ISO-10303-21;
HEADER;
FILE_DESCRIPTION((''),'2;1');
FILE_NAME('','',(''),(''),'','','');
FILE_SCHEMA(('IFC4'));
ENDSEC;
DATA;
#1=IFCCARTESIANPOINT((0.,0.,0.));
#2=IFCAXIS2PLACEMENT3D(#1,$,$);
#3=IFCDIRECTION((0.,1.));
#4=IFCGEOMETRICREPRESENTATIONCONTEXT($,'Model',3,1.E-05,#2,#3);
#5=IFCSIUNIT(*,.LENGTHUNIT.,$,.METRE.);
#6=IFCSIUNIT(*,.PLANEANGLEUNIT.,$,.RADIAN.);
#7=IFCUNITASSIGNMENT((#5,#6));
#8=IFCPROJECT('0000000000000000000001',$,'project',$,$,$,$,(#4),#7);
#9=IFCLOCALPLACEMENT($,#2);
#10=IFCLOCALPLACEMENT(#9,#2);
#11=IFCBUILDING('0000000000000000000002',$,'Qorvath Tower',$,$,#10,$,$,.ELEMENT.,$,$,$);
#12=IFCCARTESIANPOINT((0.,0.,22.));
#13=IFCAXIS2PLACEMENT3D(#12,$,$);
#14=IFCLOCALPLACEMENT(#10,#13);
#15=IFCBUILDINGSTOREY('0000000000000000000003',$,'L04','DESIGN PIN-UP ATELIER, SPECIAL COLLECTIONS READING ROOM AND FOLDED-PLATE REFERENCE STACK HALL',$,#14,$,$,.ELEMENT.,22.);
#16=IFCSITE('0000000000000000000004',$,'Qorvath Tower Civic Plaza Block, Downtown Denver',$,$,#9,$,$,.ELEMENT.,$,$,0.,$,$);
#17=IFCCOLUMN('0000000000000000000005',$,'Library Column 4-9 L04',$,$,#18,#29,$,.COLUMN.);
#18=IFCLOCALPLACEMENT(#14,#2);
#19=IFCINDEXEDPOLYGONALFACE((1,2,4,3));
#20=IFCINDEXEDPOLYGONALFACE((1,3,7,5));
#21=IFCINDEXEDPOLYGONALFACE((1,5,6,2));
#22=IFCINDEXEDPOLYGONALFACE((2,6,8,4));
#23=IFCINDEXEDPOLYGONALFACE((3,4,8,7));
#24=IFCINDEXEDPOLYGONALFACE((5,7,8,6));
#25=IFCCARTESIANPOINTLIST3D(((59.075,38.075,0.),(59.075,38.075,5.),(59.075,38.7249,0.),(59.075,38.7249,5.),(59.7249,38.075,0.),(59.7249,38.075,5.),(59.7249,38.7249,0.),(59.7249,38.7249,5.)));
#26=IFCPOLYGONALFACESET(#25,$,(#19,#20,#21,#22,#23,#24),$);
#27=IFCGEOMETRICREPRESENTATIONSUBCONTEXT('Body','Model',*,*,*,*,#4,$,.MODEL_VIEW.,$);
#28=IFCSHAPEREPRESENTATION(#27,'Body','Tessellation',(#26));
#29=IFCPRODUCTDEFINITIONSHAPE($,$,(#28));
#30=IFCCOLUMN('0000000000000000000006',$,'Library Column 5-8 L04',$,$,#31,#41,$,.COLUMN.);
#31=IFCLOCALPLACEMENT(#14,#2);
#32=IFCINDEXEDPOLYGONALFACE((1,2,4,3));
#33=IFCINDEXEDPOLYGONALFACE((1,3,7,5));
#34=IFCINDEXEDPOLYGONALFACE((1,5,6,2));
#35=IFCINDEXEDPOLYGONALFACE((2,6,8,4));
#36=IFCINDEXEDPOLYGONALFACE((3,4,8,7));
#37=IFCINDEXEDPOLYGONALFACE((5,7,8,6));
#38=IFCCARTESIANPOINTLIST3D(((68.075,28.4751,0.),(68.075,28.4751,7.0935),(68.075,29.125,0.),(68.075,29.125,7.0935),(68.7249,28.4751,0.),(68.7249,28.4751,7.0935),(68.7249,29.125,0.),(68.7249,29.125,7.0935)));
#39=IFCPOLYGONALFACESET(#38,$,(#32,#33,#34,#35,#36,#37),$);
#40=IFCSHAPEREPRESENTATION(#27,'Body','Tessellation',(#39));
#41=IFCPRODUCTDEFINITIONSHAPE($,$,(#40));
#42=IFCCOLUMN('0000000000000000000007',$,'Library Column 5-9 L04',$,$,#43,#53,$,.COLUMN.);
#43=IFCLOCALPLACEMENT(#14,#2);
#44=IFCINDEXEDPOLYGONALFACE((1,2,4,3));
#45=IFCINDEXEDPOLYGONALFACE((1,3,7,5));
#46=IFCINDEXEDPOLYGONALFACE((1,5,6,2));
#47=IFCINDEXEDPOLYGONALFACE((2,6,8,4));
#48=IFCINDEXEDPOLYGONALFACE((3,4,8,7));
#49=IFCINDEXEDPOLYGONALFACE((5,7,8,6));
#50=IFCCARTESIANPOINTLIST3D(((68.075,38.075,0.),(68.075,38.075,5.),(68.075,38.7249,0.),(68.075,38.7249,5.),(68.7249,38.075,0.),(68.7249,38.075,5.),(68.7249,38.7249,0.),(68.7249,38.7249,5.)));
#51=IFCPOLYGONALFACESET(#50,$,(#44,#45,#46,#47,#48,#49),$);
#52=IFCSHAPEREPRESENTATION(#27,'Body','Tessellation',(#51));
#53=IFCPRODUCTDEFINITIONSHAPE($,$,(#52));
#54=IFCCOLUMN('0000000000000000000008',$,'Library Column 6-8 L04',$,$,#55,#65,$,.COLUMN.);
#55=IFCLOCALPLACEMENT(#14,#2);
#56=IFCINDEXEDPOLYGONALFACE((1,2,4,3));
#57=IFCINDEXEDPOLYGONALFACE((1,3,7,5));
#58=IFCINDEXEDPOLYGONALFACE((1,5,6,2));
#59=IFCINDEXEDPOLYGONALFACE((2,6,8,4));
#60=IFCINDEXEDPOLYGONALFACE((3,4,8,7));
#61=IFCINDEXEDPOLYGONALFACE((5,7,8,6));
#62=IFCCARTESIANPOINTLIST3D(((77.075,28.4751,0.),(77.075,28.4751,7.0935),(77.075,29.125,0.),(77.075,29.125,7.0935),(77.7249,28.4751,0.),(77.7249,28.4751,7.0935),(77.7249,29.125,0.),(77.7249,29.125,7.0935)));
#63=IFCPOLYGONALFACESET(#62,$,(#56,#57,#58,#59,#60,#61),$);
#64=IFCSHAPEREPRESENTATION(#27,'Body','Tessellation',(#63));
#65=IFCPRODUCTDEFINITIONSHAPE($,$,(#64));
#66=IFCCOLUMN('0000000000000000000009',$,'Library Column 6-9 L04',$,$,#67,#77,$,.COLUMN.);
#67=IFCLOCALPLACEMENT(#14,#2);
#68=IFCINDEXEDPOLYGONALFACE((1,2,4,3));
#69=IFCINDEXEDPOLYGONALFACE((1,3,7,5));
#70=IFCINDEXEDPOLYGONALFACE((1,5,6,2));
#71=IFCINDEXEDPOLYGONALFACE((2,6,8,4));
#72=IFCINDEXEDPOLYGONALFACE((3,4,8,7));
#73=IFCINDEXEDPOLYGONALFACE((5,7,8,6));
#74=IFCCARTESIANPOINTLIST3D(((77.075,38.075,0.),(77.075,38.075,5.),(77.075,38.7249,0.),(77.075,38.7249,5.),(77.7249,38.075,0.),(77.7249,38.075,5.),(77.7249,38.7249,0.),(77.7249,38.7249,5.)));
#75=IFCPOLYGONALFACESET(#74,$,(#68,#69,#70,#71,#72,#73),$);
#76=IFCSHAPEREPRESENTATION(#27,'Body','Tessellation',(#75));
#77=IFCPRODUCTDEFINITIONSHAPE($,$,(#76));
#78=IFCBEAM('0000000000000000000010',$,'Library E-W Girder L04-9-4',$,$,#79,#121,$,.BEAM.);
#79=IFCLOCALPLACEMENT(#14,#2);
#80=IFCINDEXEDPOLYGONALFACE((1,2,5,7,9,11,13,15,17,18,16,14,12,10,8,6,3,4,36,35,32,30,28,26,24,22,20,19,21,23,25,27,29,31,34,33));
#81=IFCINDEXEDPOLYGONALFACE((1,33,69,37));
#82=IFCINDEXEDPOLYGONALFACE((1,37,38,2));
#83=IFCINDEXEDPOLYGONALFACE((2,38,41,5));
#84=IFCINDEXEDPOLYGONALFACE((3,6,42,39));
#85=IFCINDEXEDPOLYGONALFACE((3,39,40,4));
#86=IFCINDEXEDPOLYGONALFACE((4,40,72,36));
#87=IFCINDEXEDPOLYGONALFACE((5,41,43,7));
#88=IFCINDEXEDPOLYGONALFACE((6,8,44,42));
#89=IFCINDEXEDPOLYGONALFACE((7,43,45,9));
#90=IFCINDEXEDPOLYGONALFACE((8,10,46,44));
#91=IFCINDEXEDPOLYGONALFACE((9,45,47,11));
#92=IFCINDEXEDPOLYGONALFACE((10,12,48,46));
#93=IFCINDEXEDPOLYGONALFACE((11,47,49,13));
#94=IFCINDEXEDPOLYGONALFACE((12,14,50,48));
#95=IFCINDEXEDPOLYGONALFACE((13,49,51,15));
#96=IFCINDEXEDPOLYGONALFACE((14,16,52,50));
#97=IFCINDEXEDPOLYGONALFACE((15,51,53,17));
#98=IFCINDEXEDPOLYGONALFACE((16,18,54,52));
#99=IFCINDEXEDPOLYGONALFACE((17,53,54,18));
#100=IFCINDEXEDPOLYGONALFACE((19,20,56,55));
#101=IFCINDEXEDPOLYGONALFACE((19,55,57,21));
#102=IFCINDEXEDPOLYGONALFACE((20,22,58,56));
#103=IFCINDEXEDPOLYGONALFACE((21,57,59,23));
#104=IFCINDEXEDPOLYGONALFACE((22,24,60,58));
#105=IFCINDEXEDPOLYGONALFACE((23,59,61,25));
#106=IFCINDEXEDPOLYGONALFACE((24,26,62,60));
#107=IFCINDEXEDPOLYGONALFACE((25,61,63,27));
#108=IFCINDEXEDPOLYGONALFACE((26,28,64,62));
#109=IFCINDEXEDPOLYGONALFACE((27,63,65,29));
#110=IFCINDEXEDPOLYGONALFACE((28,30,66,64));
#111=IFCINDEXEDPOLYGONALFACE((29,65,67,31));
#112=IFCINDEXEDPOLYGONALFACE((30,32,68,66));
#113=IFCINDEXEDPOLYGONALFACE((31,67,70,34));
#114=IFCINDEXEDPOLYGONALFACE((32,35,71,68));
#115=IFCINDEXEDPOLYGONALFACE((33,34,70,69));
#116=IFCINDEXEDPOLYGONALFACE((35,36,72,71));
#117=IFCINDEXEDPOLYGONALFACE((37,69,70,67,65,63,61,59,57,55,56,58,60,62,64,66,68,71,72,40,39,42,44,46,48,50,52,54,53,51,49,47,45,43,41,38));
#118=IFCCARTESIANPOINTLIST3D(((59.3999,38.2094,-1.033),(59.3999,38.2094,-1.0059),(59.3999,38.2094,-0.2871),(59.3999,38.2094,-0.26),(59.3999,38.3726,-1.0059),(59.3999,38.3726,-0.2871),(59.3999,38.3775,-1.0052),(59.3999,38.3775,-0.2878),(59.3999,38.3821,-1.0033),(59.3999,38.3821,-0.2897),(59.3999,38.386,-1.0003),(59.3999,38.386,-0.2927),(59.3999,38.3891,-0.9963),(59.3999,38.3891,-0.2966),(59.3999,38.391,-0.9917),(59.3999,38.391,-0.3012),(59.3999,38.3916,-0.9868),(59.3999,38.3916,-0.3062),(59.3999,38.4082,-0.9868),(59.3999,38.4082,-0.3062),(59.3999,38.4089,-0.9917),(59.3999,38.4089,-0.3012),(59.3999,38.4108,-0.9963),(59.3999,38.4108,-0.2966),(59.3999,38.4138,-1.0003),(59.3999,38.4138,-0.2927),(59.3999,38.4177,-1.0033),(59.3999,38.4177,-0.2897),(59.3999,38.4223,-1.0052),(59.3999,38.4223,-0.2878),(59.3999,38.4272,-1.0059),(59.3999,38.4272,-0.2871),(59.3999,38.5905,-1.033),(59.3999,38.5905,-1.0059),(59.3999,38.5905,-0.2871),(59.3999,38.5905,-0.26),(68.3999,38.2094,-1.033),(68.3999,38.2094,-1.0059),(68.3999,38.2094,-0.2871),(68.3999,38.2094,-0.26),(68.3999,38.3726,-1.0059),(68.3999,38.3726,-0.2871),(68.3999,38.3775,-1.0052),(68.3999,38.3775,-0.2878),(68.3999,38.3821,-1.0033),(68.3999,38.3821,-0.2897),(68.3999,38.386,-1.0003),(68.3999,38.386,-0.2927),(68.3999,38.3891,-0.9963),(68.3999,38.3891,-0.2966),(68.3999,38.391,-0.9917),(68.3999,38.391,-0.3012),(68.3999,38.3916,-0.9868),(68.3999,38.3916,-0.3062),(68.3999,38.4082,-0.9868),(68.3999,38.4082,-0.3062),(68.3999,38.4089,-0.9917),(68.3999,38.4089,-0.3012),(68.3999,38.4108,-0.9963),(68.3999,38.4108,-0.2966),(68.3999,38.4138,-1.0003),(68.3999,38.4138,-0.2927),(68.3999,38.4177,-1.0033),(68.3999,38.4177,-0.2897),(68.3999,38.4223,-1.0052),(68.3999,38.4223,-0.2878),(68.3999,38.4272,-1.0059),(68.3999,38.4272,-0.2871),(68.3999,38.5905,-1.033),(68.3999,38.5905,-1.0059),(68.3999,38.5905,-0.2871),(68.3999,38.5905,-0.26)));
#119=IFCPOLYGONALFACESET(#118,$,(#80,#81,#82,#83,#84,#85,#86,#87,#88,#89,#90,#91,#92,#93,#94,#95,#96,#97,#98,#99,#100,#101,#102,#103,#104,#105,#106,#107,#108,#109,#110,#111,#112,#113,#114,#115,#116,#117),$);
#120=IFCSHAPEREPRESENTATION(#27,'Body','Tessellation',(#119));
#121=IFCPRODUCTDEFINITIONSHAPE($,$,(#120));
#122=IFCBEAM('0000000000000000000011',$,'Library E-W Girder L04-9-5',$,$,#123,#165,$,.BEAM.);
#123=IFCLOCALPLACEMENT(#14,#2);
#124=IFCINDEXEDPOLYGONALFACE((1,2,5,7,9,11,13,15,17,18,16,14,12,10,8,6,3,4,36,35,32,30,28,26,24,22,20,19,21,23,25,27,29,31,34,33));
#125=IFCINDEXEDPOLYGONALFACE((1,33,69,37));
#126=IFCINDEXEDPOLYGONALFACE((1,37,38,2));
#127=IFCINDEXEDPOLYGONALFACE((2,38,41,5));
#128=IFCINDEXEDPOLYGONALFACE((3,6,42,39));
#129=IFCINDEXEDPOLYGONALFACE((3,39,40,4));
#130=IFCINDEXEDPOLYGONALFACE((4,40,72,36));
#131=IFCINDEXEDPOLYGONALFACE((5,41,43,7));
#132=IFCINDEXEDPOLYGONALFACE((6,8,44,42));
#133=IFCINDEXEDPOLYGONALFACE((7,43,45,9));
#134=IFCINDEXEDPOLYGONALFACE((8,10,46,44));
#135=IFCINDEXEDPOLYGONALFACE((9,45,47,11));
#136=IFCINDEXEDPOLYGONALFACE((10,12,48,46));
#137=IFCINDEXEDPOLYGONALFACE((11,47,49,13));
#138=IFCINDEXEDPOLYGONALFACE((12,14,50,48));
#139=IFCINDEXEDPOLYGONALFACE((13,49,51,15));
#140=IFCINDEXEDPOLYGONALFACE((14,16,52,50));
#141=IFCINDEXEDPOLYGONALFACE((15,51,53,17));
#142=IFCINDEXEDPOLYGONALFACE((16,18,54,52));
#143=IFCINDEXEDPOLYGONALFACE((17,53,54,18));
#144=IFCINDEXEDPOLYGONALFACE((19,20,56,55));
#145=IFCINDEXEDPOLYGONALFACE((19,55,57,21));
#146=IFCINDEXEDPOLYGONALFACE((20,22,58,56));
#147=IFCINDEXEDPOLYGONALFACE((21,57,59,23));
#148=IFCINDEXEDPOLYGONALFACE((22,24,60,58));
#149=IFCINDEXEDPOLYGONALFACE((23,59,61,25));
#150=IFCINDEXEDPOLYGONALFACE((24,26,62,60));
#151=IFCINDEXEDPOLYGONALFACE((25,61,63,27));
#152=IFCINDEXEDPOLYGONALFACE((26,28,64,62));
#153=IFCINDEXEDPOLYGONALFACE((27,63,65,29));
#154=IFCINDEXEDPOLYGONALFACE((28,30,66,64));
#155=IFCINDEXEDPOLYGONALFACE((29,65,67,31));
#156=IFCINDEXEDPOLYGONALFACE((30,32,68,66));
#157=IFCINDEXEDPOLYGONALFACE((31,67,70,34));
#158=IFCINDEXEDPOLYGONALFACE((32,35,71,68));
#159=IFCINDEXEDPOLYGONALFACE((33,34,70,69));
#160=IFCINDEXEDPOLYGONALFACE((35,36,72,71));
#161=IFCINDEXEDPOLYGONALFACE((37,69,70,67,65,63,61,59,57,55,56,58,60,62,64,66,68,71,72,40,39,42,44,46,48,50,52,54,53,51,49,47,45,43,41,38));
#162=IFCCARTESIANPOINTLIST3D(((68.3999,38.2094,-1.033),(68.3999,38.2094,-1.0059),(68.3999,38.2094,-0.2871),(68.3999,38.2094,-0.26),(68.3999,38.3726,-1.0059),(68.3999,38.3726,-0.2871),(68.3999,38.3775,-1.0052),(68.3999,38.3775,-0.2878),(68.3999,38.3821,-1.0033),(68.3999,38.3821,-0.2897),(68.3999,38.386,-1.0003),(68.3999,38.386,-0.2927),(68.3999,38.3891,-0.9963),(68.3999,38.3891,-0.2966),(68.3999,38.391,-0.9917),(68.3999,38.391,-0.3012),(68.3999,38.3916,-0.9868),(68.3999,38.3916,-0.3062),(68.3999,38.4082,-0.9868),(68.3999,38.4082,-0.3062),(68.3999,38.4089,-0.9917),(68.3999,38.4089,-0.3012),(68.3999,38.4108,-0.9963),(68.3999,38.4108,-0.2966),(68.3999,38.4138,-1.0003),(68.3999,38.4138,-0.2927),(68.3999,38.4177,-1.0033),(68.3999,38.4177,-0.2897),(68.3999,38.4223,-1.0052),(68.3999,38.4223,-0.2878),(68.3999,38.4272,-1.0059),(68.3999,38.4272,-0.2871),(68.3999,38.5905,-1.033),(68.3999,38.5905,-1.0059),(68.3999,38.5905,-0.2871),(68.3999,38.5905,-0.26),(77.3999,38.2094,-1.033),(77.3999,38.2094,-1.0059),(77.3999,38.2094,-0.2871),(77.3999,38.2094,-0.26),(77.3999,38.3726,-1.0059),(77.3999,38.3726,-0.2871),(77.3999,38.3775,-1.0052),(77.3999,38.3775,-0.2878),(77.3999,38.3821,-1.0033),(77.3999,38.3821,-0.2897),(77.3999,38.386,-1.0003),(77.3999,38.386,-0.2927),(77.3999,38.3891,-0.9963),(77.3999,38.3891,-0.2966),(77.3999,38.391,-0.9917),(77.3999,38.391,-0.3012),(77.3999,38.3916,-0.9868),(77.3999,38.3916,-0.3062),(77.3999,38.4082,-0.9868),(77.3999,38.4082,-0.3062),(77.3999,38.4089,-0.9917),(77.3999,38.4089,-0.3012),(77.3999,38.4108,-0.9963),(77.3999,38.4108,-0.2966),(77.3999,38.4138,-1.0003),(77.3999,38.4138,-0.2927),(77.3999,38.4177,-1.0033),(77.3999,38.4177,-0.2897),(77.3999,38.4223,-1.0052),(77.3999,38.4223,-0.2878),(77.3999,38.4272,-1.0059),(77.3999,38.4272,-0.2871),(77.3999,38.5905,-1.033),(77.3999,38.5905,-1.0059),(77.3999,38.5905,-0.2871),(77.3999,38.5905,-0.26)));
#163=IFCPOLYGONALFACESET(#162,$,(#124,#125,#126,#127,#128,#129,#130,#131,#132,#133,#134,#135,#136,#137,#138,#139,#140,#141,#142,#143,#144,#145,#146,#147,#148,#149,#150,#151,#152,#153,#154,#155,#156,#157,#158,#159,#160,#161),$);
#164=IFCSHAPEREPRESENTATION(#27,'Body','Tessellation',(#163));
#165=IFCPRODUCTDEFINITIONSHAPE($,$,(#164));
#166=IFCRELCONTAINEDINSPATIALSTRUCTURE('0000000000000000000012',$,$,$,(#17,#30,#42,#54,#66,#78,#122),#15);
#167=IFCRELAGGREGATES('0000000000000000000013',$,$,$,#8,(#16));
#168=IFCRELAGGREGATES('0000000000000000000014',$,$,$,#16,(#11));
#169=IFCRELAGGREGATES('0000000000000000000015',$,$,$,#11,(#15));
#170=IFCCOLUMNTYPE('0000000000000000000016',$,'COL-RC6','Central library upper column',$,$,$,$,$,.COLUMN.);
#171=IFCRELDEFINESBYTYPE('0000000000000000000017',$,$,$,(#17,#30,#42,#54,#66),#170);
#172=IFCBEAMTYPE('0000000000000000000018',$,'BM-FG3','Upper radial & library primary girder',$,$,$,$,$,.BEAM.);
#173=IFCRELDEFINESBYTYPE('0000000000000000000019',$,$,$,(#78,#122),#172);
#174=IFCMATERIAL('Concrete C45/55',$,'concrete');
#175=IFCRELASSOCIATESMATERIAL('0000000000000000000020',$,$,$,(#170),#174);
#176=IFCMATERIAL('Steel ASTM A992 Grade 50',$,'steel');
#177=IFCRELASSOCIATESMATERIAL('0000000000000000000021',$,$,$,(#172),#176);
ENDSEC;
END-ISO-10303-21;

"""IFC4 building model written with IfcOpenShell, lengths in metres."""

from ifc_helpers import new_model, si_unit, direction, frame, origin, origin_2d, place, context, subcontext, project, spatial, rectangle, i_section, extrude, material, material_profile, profile_set, type_object, element, save


model = new_model("IFC4")

# Units and contexts
model_context = context("Model", 3, precision=1e-05, world=origin(), true_north=direction((0.0, 1.0)))
body_context = subcontext(model_context, "Body", "Model", "MODEL_VIEW")
ifc_project = project(units=[si_unit("LENGTHUNIT", "METRE"), si_unit("PLANEANGLEUNIT", "RADIAN")], contexts=[model_context])

# Site, building, storey
site_placement = place(None, origin())
site = spatial("IfcSite", under=ifc_project, at=site_placement, Name="Qorvath Tower Civic Plaza Block, Downtown Denver", CompositionType="ELEMENT", RefElevation=0.0)
building_placement = place(site_placement, origin())
building = spatial("IfcBuilding", under=site, at=building_placement, Name="Qorvath Tower", CompositionType="ELEMENT")
storey_placement = place(building_placement, frame((0.0, 0.0, 22.0)))
storey = spatial("IfcBuildingStorey", under=building, at=storey_placement, Name="L04", Description="DESIGN PIN-UP ATELIER, SPECIAL COLLECTIONS READING ROOM AND FOLDED-PLATE REFERENCE STACK HALL", CompositionType="ELEMENT", Elevation=22.0)

# Columns
ifc_material_1 = material(Name="Concrete C45/55", Category="concrete")
ifc_material_profile_1 = material_profile(ifc_material_1, rectangle(XDim=0.6499, YDim=0.6499, at=origin_2d()), Name="RC 650x650")
ifc_profile_set_1 = profile_set([ifc_material_profile_1], Name="Concrete C45/55")
column_type = type_object("IfcColumnType", Name="COL-RC6", Description="Central library upper column", PredefinedType="COLUMN", material=ifc_profile_set_1)
column_1_placement = place(storey_placement, frame((59.3999, 38.3999, 0.0), z_axis=(0.0, 0.0, 1.0), x_axis=(1.0, 0.0, 0.0)))
element("IfcColumn", 1, at=column_1_placement, inside=storey, type_object=column_type, Name="Library Column 4-9 L04", PredefinedType="COLUMN", context=body_context, shape_type="SweptSolid", body=[
    extrude(rectangle(XDim=0.6499, YDim=0.6499, at=origin_2d()), origin(), (0.0, 0.0, 1.0), 5.0),
])
column_2_placement = place(storey_placement, frame((68.3999, 28.8, 0.0), z_axis=(0.0, 0.0, 1.0), x_axis=(1.0, 0.0, 0.0)))
element("IfcColumn", 2, at=column_2_placement, inside=storey, type_object=column_type, Name="Library Column 5-8 L04", PredefinedType="COLUMN", context=body_context, shape_type="SweptSolid", body=[
    extrude(rectangle(XDim=0.6499, YDim=0.6499, at=origin_2d()), origin(), (0.0, 0.0, 1.0), 7.0935),
])
column_3_placement = place(storey_placement, frame((68.3999, 38.3999, 0.0), z_axis=(0.0, 0.0, 1.0), x_axis=(1.0, 0.0, 0.0)))
element("IfcColumn", 3, at=column_3_placement, inside=storey, type_object=column_type, Name="Library Column 5-9 L04", PredefinedType="COLUMN", context=body_context, shape_type="SweptSolid", body=[
    extrude(rectangle(XDim=0.6499, YDim=0.6499, at=origin_2d()), origin(), (0.0, 0.0, 1.0), 5.0),
])
column_4_placement = place(storey_placement, frame((77.3999, 28.8, 0.0), z_axis=(0.0, 0.0, 1.0), x_axis=(1.0, 0.0, 0.0)))
element("IfcColumn", 4, at=column_4_placement, inside=storey, type_object=column_type, Name="Library Column 6-8 L04", PredefinedType="COLUMN", context=body_context, shape_type="SweptSolid", body=[
    extrude(rectangle(XDim=0.6499, YDim=0.6499, at=origin_2d()), origin(), (0.0, 0.0, 1.0), 7.0935),
])
column_5_placement = place(storey_placement, frame((77.3999, 38.3999, 0.0), z_axis=(0.0, 0.0, 1.0), x_axis=(1.0, 0.0, 0.0)))
element("IfcColumn", 5, at=column_5_placement, inside=storey, type_object=column_type, Name="Library Column 6-9 L04", PredefinedType="COLUMN", context=body_context, shape_type="SweptSolid", body=[
    extrude(rectangle(XDim=0.6499, YDim=0.6499, at=origin_2d()), origin(), (0.0, 0.0, 1.0), 5.0),
])

# Beams
ifc_material_2 = material(Name="Steel ASTM A992 Grade 50", Category="steel")
ifc_material_profile_2 = material_profile(ifc_material_2, i_section(OverallWidth=0.3811, OverallDepth=0.7729, WebThickness=0.0166, FlangeThickness=0.0271, FilletRadius=0.019, at=origin_2d()), Name="W30x173")
ifc_profile_set_2 = profile_set([ifc_material_profile_2], Name="Steel ASTM A992 Grade 50")
beam_type_1 = type_object("IfcBeamType", Name="BM-FG3", Description="Upper radial & library primary girder", PredefinedType="BEAM", material=ifc_profile_set_2)
for number, where, z_axis, x_axis, name in (
    (6, (59.3999, 38.3999, -0.6465), (1.0, 0.0, 0.0), (0.0, 1.0, 0.0), "Library E-W Girder L04-9-4"),
    (7, (68.3999, 38.3999, -0.6465), (1.0, 0.0, 0.0), (0.0, 1.0, 0.0), "Library E-W Girder L04-9-5"),
):
    element("IfcBeam", number, at=place(storey_placement, frame(where, z_axis=z_axis, x_axis=x_axis)), inside=storey, type_object=beam_type_1, Name=name, PredefinedType="BEAM", context=body_context, shape_type="SweptSolid", body=[
        extrude(i_section(OverallWidth=0.3811, OverallDepth=0.7729, WebThickness=0.0166, FlangeThickness=0.0271, FilletRadius=0.019, at=origin_2d()), origin(), (0.0, 0.0, 1.0), 9.0),
    ])

save(model, "model.ifc")
